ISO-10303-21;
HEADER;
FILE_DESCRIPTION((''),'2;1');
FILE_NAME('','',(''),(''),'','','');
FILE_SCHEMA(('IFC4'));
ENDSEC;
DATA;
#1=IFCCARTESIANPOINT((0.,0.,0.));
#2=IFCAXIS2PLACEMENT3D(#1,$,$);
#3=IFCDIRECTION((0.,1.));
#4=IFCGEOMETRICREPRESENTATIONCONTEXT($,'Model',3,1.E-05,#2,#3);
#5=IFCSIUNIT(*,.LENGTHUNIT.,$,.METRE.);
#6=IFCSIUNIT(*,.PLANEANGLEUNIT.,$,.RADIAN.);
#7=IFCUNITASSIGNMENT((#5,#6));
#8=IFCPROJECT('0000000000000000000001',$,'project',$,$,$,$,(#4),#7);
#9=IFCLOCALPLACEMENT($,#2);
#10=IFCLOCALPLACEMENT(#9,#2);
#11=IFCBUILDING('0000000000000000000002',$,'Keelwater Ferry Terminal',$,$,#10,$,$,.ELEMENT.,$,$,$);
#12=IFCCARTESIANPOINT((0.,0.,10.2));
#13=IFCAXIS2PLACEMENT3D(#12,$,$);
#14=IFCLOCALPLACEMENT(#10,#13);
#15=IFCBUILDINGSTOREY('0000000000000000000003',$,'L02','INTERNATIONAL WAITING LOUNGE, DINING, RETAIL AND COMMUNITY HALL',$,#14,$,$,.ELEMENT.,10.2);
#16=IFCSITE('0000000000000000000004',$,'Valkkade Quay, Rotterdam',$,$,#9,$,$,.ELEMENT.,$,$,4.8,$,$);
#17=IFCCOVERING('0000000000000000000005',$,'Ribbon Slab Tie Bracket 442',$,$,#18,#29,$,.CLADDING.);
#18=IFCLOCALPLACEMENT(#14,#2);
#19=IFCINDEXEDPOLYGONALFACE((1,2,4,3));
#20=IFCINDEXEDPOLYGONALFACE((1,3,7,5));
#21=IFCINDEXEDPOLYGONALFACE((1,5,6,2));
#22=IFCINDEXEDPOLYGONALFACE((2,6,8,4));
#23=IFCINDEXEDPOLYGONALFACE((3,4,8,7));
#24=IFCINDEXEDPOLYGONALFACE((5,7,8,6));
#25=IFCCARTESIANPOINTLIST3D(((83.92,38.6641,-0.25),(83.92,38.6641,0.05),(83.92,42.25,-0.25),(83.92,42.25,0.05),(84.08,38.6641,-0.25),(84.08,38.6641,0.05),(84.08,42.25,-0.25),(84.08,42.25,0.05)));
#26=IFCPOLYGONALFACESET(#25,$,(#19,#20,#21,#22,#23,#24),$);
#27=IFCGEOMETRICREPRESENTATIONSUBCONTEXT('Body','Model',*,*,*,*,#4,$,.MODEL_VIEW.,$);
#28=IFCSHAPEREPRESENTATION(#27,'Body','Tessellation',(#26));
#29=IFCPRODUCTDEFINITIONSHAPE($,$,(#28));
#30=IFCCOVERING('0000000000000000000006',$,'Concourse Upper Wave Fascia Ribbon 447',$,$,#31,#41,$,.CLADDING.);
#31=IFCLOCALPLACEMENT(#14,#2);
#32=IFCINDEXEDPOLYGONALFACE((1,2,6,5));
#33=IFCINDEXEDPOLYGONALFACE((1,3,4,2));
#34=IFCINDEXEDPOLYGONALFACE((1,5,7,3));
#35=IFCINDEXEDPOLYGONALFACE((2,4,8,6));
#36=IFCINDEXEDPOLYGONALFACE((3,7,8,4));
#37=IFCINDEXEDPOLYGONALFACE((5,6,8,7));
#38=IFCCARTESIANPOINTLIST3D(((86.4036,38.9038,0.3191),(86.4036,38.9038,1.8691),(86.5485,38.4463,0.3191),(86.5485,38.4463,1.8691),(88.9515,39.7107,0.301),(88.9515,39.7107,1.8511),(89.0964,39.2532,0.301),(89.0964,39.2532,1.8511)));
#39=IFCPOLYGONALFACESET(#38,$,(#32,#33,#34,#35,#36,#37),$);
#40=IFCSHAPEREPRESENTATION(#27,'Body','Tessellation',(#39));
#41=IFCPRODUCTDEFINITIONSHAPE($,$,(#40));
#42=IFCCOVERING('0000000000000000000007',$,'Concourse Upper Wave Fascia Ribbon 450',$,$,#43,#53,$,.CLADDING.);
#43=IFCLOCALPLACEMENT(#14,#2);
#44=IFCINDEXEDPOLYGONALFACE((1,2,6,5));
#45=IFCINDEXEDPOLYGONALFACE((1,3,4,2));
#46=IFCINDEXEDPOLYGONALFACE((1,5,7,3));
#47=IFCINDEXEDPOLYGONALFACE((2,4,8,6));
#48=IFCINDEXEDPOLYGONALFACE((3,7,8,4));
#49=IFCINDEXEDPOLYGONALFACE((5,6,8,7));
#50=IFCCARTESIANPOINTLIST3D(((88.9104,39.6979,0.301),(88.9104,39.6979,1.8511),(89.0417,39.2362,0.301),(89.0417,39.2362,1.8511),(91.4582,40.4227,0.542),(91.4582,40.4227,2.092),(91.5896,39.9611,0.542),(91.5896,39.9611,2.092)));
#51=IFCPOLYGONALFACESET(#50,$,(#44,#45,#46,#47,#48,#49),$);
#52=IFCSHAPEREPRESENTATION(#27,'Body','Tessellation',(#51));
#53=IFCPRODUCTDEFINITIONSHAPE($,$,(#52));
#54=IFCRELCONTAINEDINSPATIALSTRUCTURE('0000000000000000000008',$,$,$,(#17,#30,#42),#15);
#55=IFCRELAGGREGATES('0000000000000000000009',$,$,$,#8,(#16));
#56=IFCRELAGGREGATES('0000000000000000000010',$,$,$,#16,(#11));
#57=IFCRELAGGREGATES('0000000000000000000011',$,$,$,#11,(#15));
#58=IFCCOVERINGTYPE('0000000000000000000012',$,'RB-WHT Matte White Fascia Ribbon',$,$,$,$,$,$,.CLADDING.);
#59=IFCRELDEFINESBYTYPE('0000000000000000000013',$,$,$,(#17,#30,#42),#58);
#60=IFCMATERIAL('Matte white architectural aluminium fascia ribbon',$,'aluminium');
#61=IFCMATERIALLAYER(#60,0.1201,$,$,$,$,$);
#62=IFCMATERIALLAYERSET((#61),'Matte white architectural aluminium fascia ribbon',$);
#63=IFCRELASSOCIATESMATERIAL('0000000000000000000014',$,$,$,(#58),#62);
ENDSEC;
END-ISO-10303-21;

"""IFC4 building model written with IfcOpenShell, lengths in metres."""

from ifc_helpers import new_model, si_unit, direction, frame, frame_2d, origin, place, context, subcontext, project, spatial, polyline, rectangle, outline, extrude, material, layer, layer_set, type_object, element, save


model = new_model("IFC4")

# Units and contexts
model_context = context("Model", 3, precision=1e-05, world=origin(), true_north=direction((0.0, 1.0)))
body_context = subcontext(model_context, "Body", "Model", "MODEL_VIEW")
ifc_project = project(units=[si_unit("LENGTHUNIT", "METRE"), si_unit("PLANEANGLEUNIT", "RADIAN")], contexts=[model_context])

# Site, building, storey
site_placement = place(None, origin())
site = spatial("IfcSite", under=ifc_project, at=site_placement, Name="Valkkade Quay, Rotterdam", CompositionType="ELEMENT", RefElevation=4.8)
building_placement = place(site_placement, origin())
building = spatial("IfcBuilding", under=site, at=building_placement, Name="Keelwater Ferry Terminal", CompositionType="ELEMENT")
storey_placement = place(building_placement, frame((0.0, 0.0, 10.2)))
storey = spatial("IfcBuildingStorey", under=building, at=storey_placement, Name="L02", Description="INTERNATIONAL WAITING LOUNGE, DINING, RETAIL AND COMMUNITY HALL", CompositionType="ELEMENT", Elevation=10.2)

# Coverings
ifc_material_1 = material(Name="Matte white architectural aluminium fascia ribbon", Category="aluminium")
ifc_layer_1 = layer(ifc_material_1, 0.1201)
ifc_layer_set_1 = layer_set([ifc_layer_1], Name="Matte white architectural aluminium fascia ribbon")
covering_type = type_object("IfcCoveringType", Name="RB-WHT Matte White Fascia Ribbon", PredefinedType="CLADDING", material=ifc_layer_set_1)
covering_1_placement = place(storey_placement, frame((84.0, 38.6641, -0.25), z_axis=(0.0, 0.0, 1.0), x_axis=(0.0, 1.0, 0.0)))
element("IfcCovering", 1, at=covering_1_placement, inside=storey, type_object=covering_type, Name="Ribbon Slab Tie Bracket 442", PredefinedType="CLADDING", context=body_context, shape_type="SweptSolid", body=[
    extrude(rectangle(XDim=3.5859, YDim=0.1599, at=frame_2d((1.793, 0.0))), origin(), (0.0, 0.0, 1.0), 0.3),
])
covering_2_placement = place(storey_placement, frame((86.4761, 38.675, 0.301), z_axis=(0.0, 0.0, 1.0), x_axis=(0.953335, 0.301914, 0.0)))
element("IfcCovering", 2, at=covering_2_placement, inside=storey, type_object=covering_type, Name="Concourse Upper Wave Fascia Ribbon 447", PredefinedType="CLADDING", context=body_context, shape_type="SweptSolid", body=[
    extrude(outline(polyline([(0.0, 0.0181), (2.6726, 0.0), (2.6726, 1.55), (0.0, 1.5681), (0.0, 0.0181)])), frame((0.0, 0.24, 0.0), z_axis=(0.0, -1.0, 0.0), x_axis=(1.0, 0.0, 0.0)), (0.0, 0.0, 1.0), 0.48),
])
covering_3_placement = place(storey_placement, frame((88.9761, 39.467, 0.301), z_axis=(0.0, 0.0, 1.0), x_axis=(0.961833, 0.273638, 0.0)))
element("IfcCovering", 3, at=covering_3_placement, inside=storey, type_object=covering_type, Name="Concourse Upper Wave Fascia Ribbon 450", PredefinedType="CLADDING", context=body_context, shape_type="SweptSolid", body=[
    extrude(outline(polyline([(0.0, 0.0), (2.6489, 0.241), (2.6489, 1.791), (0.0, 1.55), (0.0, 0.0)])), frame((0.0, 0.24, 0.0), z_axis=(0.0, -1.0, 0.0), x_axis=(1.0, 0.0, 0.0)), (0.0, 0.0, 1.0), 0.48),
])

save(model, "model.ifc")
